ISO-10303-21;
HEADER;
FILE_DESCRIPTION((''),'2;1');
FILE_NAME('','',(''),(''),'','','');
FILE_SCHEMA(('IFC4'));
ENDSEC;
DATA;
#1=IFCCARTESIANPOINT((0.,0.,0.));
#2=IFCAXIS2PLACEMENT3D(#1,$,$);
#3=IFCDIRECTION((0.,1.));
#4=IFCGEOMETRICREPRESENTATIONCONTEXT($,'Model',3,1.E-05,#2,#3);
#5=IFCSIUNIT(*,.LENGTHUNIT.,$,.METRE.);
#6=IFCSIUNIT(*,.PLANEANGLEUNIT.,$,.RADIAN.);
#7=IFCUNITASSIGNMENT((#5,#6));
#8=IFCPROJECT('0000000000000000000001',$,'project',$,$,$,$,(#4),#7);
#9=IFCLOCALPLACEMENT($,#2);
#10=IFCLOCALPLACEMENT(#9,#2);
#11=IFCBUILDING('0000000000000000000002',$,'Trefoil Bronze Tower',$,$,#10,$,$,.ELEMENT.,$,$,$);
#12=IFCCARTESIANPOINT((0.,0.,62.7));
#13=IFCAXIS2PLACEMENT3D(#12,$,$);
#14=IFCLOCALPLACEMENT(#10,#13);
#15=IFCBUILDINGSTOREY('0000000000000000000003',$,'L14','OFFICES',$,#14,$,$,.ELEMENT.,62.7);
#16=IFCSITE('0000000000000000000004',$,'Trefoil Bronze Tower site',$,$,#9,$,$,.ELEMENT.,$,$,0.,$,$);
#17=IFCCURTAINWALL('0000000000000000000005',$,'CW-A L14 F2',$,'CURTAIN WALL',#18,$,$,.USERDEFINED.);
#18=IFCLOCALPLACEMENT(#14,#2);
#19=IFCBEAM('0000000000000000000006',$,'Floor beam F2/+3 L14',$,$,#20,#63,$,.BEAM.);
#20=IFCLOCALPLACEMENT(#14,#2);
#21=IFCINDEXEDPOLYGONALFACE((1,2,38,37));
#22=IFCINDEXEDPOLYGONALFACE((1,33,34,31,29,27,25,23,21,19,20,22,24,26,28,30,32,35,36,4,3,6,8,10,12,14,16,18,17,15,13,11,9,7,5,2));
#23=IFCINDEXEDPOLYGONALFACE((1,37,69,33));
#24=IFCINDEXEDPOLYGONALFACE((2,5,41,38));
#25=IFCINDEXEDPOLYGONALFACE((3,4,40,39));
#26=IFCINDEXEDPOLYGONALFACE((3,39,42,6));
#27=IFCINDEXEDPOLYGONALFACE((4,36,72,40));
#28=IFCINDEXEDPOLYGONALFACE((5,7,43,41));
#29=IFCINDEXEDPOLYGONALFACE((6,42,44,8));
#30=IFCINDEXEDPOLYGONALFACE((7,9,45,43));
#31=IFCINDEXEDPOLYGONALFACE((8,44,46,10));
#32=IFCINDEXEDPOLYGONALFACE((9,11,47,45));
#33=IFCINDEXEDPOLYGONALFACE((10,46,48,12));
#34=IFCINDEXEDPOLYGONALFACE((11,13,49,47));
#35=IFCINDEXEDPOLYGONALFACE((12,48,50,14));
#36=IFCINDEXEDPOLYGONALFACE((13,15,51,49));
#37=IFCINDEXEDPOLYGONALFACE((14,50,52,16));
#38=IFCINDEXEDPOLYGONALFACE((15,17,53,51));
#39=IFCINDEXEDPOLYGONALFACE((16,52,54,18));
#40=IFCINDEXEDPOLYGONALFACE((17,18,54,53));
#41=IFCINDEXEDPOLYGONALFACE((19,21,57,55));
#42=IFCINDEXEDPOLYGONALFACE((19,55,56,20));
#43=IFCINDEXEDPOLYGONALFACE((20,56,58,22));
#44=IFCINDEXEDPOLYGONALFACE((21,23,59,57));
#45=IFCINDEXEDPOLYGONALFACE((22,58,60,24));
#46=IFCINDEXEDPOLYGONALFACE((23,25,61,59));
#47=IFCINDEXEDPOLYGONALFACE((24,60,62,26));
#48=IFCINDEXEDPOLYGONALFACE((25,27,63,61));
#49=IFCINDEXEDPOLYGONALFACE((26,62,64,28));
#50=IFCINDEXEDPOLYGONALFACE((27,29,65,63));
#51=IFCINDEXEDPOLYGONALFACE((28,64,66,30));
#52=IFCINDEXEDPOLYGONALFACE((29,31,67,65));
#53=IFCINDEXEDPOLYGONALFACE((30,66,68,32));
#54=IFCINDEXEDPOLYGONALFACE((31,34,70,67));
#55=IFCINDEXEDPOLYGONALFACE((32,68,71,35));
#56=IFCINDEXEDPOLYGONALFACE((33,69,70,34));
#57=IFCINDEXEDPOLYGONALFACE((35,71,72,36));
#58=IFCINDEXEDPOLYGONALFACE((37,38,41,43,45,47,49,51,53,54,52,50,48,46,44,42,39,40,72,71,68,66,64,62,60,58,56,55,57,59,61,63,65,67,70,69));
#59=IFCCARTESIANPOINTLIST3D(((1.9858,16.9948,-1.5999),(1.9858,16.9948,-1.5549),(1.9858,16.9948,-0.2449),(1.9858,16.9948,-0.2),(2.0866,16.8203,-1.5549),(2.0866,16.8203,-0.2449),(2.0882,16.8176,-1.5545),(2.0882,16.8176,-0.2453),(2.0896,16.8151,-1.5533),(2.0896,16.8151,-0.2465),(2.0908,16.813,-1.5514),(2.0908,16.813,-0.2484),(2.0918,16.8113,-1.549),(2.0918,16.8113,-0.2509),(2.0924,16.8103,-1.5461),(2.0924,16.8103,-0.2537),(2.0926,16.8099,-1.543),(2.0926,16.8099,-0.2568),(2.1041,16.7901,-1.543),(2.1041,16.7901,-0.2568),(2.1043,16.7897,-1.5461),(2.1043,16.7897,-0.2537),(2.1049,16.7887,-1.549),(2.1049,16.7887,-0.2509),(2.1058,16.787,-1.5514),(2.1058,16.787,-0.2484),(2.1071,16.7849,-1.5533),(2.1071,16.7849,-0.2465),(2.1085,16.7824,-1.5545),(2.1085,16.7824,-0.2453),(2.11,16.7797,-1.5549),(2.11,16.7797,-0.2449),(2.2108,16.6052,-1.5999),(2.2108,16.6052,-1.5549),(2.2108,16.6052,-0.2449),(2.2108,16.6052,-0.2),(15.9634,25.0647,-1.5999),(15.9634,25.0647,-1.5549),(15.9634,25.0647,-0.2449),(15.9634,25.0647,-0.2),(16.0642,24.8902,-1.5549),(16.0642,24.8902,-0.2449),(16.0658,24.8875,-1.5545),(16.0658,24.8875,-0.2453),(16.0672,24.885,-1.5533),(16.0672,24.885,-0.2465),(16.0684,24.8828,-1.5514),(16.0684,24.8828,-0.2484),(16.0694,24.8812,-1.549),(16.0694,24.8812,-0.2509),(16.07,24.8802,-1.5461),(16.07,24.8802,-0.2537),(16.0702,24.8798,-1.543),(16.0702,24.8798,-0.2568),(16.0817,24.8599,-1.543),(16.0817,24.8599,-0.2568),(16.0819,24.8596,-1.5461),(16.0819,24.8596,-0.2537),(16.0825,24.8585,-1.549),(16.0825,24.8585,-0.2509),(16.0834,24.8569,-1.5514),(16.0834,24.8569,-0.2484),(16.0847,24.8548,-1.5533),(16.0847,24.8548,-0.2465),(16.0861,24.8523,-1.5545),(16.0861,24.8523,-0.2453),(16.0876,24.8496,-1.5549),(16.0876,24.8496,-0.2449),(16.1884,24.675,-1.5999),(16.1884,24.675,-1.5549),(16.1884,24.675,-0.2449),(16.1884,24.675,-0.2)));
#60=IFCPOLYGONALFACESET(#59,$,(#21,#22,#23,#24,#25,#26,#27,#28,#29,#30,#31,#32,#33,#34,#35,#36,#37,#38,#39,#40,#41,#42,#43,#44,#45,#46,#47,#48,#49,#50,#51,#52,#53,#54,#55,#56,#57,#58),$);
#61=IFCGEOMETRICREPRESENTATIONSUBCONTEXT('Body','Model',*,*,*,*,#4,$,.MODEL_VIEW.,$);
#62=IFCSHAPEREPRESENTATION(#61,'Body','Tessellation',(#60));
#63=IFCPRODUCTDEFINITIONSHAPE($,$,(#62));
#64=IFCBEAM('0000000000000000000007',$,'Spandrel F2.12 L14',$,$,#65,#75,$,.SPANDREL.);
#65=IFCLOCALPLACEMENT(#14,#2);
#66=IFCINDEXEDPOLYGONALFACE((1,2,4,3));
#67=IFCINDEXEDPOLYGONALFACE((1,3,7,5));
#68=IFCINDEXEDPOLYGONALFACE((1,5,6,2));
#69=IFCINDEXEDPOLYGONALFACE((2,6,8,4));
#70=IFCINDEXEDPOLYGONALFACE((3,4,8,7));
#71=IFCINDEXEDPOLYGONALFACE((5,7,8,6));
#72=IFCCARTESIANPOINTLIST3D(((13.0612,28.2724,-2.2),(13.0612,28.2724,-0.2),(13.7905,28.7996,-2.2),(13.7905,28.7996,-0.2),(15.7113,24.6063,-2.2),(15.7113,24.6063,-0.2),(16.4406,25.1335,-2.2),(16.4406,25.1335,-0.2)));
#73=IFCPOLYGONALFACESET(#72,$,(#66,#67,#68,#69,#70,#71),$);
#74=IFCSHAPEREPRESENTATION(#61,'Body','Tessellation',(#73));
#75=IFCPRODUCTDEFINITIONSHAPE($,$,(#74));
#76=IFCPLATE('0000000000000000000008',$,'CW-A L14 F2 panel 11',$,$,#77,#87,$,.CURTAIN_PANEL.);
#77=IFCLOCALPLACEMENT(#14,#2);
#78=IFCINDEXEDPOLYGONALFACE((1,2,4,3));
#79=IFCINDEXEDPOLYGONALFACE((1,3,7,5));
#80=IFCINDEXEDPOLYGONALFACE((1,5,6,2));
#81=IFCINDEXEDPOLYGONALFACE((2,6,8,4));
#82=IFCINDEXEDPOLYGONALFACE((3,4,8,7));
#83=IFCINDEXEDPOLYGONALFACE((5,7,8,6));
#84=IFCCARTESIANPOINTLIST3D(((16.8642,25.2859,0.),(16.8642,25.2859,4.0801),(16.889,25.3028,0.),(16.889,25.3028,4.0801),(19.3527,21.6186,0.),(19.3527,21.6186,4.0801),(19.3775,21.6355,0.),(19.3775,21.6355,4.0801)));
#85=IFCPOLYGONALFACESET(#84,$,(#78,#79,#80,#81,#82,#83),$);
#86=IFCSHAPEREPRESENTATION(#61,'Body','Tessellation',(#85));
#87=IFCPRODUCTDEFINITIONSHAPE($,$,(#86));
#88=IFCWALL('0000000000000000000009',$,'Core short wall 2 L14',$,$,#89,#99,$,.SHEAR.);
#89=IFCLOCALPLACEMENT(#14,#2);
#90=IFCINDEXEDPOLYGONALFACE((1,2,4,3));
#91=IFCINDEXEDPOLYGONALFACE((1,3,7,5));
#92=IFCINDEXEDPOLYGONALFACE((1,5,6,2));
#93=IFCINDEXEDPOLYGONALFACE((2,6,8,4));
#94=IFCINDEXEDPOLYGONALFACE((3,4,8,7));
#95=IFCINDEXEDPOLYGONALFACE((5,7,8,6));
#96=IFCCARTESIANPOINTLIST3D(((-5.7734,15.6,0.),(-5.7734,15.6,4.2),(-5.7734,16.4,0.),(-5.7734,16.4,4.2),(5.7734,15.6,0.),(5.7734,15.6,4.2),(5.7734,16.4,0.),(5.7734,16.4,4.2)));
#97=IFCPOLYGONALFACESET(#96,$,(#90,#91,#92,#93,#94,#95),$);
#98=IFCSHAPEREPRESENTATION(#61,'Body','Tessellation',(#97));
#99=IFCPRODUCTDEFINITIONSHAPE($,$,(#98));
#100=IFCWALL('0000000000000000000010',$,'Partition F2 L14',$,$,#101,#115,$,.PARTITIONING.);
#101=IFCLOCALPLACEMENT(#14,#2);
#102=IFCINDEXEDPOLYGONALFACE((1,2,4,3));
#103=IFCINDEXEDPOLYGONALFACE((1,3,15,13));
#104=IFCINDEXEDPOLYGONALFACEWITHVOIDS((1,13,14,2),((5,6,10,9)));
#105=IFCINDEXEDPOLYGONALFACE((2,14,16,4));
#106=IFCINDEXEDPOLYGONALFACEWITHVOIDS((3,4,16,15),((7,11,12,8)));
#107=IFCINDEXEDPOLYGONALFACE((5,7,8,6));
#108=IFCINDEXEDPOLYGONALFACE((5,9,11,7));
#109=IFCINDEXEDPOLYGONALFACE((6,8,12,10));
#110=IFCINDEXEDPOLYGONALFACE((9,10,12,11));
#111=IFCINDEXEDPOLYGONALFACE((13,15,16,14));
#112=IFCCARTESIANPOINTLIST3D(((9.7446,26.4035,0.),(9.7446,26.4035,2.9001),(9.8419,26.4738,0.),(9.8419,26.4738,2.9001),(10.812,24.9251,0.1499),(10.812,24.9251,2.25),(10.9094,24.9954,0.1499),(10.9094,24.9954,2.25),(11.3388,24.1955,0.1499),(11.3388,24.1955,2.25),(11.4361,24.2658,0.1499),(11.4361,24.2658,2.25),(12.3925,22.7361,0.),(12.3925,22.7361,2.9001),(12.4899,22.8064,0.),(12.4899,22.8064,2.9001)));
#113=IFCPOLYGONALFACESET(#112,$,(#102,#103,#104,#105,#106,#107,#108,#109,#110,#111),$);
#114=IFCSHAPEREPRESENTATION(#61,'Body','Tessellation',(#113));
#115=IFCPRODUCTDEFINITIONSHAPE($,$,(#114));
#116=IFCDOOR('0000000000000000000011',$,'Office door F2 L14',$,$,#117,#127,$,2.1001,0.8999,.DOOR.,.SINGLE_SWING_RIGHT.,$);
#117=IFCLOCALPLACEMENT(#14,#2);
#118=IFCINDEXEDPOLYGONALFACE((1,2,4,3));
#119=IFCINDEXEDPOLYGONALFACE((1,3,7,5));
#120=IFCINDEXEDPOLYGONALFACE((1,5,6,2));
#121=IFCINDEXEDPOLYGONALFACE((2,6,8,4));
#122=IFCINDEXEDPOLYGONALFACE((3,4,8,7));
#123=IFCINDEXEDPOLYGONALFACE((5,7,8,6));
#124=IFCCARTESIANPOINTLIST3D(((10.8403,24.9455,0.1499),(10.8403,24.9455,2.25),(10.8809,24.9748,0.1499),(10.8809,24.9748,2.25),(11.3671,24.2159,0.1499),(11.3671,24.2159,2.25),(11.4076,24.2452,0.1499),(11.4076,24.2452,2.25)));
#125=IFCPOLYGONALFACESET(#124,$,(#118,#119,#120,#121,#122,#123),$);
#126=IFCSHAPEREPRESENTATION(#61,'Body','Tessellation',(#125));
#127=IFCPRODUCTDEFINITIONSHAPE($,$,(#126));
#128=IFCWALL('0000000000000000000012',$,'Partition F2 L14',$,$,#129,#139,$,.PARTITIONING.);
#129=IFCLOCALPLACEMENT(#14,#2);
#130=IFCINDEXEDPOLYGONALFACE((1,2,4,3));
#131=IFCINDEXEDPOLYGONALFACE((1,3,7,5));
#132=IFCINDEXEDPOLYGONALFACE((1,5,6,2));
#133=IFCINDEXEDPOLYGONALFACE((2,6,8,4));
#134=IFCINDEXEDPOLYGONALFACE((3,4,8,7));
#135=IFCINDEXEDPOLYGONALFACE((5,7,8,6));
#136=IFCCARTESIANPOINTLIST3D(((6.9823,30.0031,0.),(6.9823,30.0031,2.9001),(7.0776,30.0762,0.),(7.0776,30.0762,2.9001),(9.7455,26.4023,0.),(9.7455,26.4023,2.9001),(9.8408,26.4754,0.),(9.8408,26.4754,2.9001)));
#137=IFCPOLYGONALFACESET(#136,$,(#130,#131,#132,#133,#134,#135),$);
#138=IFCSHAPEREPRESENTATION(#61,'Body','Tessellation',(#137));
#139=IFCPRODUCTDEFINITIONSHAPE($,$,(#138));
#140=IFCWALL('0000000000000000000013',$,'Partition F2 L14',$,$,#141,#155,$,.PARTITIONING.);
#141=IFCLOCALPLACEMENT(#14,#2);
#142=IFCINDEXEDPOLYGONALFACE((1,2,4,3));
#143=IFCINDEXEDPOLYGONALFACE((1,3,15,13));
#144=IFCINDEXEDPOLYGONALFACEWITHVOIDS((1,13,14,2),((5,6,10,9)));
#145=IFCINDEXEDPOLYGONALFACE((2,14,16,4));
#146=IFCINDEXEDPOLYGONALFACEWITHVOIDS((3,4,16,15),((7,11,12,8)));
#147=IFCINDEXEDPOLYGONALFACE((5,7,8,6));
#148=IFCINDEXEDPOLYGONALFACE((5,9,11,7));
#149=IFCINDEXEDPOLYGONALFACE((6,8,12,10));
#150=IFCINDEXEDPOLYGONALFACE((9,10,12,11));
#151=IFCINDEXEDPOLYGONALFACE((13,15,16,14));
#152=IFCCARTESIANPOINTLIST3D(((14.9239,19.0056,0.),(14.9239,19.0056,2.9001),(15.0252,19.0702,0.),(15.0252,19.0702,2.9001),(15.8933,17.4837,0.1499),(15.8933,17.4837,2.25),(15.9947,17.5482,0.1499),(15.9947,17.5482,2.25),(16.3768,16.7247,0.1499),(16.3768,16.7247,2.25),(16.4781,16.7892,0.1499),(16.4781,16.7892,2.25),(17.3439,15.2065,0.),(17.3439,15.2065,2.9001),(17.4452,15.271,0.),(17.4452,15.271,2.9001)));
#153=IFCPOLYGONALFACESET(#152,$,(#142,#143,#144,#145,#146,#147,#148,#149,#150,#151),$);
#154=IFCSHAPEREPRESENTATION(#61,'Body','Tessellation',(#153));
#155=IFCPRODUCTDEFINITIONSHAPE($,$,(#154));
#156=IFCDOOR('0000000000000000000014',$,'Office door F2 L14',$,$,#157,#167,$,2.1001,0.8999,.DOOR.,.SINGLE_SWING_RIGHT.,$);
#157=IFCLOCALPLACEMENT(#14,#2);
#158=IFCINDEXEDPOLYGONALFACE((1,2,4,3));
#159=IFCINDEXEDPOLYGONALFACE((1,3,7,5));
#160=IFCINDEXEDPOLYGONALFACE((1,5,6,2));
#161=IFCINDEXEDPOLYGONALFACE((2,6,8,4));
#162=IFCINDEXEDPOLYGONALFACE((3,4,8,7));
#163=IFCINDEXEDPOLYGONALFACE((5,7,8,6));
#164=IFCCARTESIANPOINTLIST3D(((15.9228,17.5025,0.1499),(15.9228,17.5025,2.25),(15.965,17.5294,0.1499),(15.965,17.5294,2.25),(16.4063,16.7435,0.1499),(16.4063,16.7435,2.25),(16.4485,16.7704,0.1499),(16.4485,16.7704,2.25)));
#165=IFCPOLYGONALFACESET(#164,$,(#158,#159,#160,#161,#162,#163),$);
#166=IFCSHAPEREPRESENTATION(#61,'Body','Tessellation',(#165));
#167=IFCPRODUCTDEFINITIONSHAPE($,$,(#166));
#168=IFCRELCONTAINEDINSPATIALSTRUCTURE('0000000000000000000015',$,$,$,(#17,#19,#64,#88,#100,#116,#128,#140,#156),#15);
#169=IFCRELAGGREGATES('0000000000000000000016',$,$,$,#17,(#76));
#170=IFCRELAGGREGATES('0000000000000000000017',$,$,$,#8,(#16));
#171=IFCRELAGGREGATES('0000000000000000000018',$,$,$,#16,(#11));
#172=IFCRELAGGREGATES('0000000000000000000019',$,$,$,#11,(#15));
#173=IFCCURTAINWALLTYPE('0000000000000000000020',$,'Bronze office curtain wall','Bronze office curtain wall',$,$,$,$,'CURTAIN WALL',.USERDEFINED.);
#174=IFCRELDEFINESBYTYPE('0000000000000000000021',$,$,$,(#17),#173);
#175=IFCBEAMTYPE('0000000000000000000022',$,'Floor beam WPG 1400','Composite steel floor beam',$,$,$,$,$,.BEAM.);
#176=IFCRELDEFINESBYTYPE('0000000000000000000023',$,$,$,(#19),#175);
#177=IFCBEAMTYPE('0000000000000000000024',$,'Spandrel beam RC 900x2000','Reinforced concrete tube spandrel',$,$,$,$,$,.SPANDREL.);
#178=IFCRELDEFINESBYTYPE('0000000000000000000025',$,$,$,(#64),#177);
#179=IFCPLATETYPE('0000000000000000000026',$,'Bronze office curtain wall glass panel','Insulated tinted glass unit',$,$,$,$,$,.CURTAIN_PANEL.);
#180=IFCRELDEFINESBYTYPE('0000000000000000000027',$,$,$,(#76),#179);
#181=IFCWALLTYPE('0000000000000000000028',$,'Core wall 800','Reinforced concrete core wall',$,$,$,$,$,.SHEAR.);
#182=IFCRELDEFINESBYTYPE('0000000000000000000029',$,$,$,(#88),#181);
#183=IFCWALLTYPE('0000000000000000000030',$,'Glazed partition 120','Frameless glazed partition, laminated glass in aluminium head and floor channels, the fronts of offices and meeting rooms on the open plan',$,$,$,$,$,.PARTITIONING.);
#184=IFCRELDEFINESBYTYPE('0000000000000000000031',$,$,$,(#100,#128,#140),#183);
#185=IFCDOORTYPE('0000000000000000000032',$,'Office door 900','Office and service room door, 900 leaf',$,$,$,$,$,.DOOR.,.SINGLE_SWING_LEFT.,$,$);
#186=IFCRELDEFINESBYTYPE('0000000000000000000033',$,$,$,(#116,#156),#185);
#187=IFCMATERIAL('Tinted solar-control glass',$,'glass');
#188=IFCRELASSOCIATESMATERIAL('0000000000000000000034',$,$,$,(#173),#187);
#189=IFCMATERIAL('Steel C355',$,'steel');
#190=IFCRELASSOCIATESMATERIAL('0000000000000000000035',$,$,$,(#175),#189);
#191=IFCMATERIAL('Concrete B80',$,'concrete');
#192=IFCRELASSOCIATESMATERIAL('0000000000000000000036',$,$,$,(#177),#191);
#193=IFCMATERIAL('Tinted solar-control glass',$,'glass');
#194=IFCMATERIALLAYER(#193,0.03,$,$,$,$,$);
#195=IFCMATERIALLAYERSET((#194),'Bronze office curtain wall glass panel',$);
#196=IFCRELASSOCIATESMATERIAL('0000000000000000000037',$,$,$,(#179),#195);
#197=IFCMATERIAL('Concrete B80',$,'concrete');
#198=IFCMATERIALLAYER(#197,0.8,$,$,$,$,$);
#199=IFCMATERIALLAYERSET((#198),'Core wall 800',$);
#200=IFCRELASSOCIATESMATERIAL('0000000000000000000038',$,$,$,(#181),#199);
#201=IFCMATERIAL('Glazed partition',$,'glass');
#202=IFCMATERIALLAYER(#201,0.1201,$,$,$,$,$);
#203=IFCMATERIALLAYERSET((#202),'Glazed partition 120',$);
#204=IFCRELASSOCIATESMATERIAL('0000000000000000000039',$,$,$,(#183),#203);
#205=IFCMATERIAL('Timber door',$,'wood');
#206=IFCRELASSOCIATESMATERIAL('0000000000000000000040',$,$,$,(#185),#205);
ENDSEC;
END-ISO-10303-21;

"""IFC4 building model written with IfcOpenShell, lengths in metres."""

from ifc_helpers import new_model, si_unit, direction, frame, frame_2d, origin, origin_2d, place, context, subcontext, project, spatial, rectangle, i_section, extrude, material, layer, layer_set, material_profile, profile_set, type_object, element, fill, aggregate, save


model = new_model("IFC4")

# Units and contexts
model_context = context("Model", 3, precision=1e-05, world=origin(), true_north=direction((0.0, 1.0)))
body_context = subcontext(model_context, "Body", "Model", "MODEL_VIEW")
ifc_project = project(units=[si_unit("LENGTHUNIT", "METRE"), si_unit("PLANEANGLEUNIT", "RADIAN")], contexts=[model_context])

# Site, building, storey
site_placement = place(None, origin())
site = spatial("IfcSite", under=ifc_project, at=site_placement, Name="Trefoil Bronze Tower site", CompositionType="ELEMENT", RefElevation=0.0)
building_placement = place(site_placement, origin())
building = spatial("IfcBuilding", under=site, at=building_placement, Name="Trefoil Bronze Tower", CompositionType="ELEMENT")
storey_placement = place(building_placement, frame((0.0, 0.0, 62.7)))
storey = spatial("IfcBuildingStorey", under=building, at=storey_placement, Name="L14", Description="OFFICES", CompositionType="ELEMENT", Elevation=62.7)

# Curtain wall
ifc_material_1 = material(Name="Tinted solar-control glass", Category="glass")
curtain_wall_type = type_object("IfcCurtainWallType", Name="Bronze office curtain wall", Description="Bronze office curtain wall", ElementType="CURTAIN WALL", PredefinedType="USERDEFINED", material=ifc_material_1)
curtain_wall_placement = place(storey_placement, origin())
curtain_wall = element("IfcCurtainWall", 1, at=curtain_wall_placement, inside=storey, type_object=curtain_wall_type, Name="CW-A L14 F2", ObjectType="CURTAIN WALL", PredefinedType="USERDEFINED")

# Beams
ifc_material_2 = material(Name="Steel C355", Category="steel")
ifc_material_profile_1 = material_profile(ifc_material_2, i_section(OverallWidth=0.45, OverallDepth=1.3999, WebThickness=0.0229, FlangeThickness=0.0449, FilletRadius=0.012, at=origin_2d()), Name="WPG 1400")
ifc_profile_set_1 = profile_set([ifc_material_profile_1], Name="Steel C355")
beam_type_1 = type_object("IfcBeamType", Name="Floor beam WPG 1400", Description="Composite steel floor beam", PredefinedType="BEAM", material=ifc_profile_set_1)
beam_1_placement = place(storey_placement, frame((16.0759, 24.8699, -0.8999), z_axis=(-0.866028, -0.499995, 0.0), x_axis=(0.499995, -0.866028, 0.0)))
element("IfcBeam", 2, at=beam_1_placement, inside=storey, type_object=beam_type_1, Name="Floor beam F2/+3 L14", PredefinedType="BEAM", context=body_context, shape_type="SweptSolid", body=[
    extrude(i_section(OverallWidth=0.45, OverallDepth=1.3999, WebThickness=0.0229, FlangeThickness=0.0449, FilletRadius=0.012, at=origin_2d()), origin(), (0.0, 0.0, 1.0), 16.1399),
])
ifc_material_3 = material(Name="Concrete B80", Category="concrete")
ifc_material_profile_2 = material_profile(ifc_material_3, rectangle(XDim=0.8999, YDim=2.0, at=origin_2d()), Name="RC 900x2000")
ifc_profile_set_2 = profile_set([ifc_material_profile_2], Name="Concrete B80")
beam_type_2 = type_object("IfcBeamType", Name="Spandrel beam RC 900x2000", Description="Reinforced concrete tube spandrel", PredefinedType="SPANDREL", material=ifc_profile_set_2)
beam_2_placement = place(storey_placement, frame((16.0759, 24.8699, -1.2), z_axis=(-0.585824, 0.810439, 0.0), x_axis=(-0.810439, -0.585824, 0.0)))
element("IfcBeam", 3, at=beam_2_placement, inside=storey, type_object=beam_type_2, Name="Spandrel F2.12 L14", PredefinedType="SPANDREL", context=body_context, shape_type="SweptSolid", body=[
    extrude(rectangle(XDim=0.8999, YDim=2.0, at=origin_2d()), origin(), (0.0, 0.0, 1.0), 4.5237),
])

# Plate
ifc_material_4 = material(Name="Tinted solar-control glass", Category="glass")
ifc_layer_1 = layer(ifc_material_4, 0.03)
ifc_layer_set_1 = layer_set([ifc_layer_1], Name="Bronze office curtain wall glass panel")
plate_type = type_object("IfcPlateType", Name="Bronze office curtain wall glass panel", Description="Insulated tinted glass unit", PredefinedType="CURTAIN_PANEL", material=ifc_layer_set_1)
plate_placement = place(storey_placement, frame((18.1208, 23.4607, 0.0), z_axis=(0.0, 0.0, 1.0), x_axis=(-0.56151, 0.82747, 0.0)))
plate = element("IfcPlate", 4, at=plate_placement, type_object=plate_type, Name="CW-A L14 F2 panel 11", PredefinedType="CURTAIN_PANEL", context=body_context, shape_type="SweptSolid", body=[
    extrude(rectangle(XDim=4.4319, YDim=0.03, at=origin_2d()), origin(), (0.0, 0.0, 1.0), 4.0801),
])
aggregate(curtain_wall, [plate])

# Wall
ifc_material_5 = material(Name="Concrete B80", Category="concrete")
ifc_layer_2 = layer(ifc_material_5, 0.8)
ifc_layer_set_2 = layer_set([ifc_layer_2], Name="Core wall 800")
wall_type_1 = type_object("IfcWallType", Name="Core wall 800", Description="Reinforced concrete core wall", PredefinedType="SHEAR", material=ifc_layer_set_2)
wall_1_placement = place(storey_placement, frame((5.7734, 16.0, 0.0), z_axis=(0.0, 0.0, 1.0), x_axis=(-1.0, 0.0, 0.0)))
element("IfcWall", 5, at=wall_1_placement, inside=storey, type_object=wall_type_1, Name="Core short wall 2 L14", PredefinedType="SHEAR", context=body_context, shape_type="SweptSolid", body=[
    extrude(rectangle(XDim=11.5469, YDim=0.8, at=frame_2d((5.7734, 0.0))), origin(), (0.0, 0.0, 1.0), 4.2),
])

# Wall, opening, door
ifc_material_6 = material(Name="Glazed partition", Category="glass")
ifc_layer_3 = layer(ifc_material_6, 0.1201)
ifc_layer_set_3 = layer_set([ifc_layer_3], Name="Glazed partition 120")
wall_type_2 = type_object("IfcWallType", Name="Glazed partition 120", Description="Frameless glazed partition, laminated glass in aluminium head and floor channels, the fronts of offices and meeting rooms on the open plan", PredefinedType="PARTITIONING", material=ifc_layer_set_3)
wall_2_placement = place(storey_placement, frame((12.4412, 22.7712, 0.0), z_axis=(0.0, 0.0, 1.0), x_axis=(-0.585376, 0.810762, 0.0)))
wall_2 = element("IfcWall", 6, at=wall_2_placement, inside=storey, type_object=wall_type_2, Name="Partition F2 L14", PredefinedType="PARTITIONING", context=body_context, shape_type="SweptSolid", body=[
    extrude(rectangle(XDim=4.5234, YDim=0.1201, at=frame_2d((2.2617, 0.0))), origin(), (0.0, 0.0, 1.0), 2.9001),
])
opening_1_placement = place(wall_2_placement, frame((1.8, 0.0, 0.1499)))
opening_1 = element("IfcOpeningElement", 7, at=opening_1_placement, cuts=wall_2, PredefinedType="OPENING", context=body_context, shape_type="SweptSolid", body=[
    extrude(rectangle(XDim=0.8999, YDim=2.1001, at=frame_2d((0.45, 1.05))), frame((0.0, 0.0701, 0.0), z_axis=(0.0, -1.0, 0.0), x_axis=(1.0, 0.0, 0.0)), (0.0, 0.0, 1.0), 0.1401),
])
ifc_material_7 = material(Name="Timber door", Category="wood")
door_type = type_object("IfcDoorType", Name="Office door 900", Description="Office and service room door, 900 leaf", OperationType="SINGLE_SWING_LEFT", PredefinedType="DOOR", material=ifc_material_7)
door_1_placement = place(opening_1_placement, frame((0.8999, 0.0, 0.0), z_axis=(0.0, 0.0, 1.0), x_axis=(-1.0, 0.0, 0.0)))
door_1 = element("IfcDoor", 8, at=door_1_placement, inside=storey, type_object=door_type, Name="Office door F2 L14", OperationType="SINGLE_SWING_RIGHT", OverallHeight=2.1001, OverallWidth=0.8999, PredefinedType="DOOR", context=body_context, shape_type="SweptSolid", body=[
    extrude(rectangle(XDim=0.8999, YDim=2.1001, at=frame_2d((0.45, 1.05))), frame((0.0, 0.0249, 0.0), z_axis=(0.0, -1.0, 0.0), x_axis=(1.0, 0.0, 0.0)), (0.0, 0.0, 1.0), 0.05),
])
fill(opening_1, door_1)

# Wall
wall_3_placement = place(storey_placement, frame((9.7932, 26.4387, 0.0), z_axis=(0.0, 0.0, 1.0), x_axis=(-0.608785, 0.793335, 0.0)))
element("IfcWall", 9, at=wall_3_placement, inside=storey, type_object=wall_type_2, Name="Partition F2 L14", PredefinedType="PARTITIONING", context=body_context, shape_type="SweptSolid", body=[
    extrude(rectangle(XDim=4.5388, YDim=0.1201, at=frame_2d((2.2695, 0.0))), origin(), (0.0, 0.0, 1.0), 2.9001),
])

# Wall, opening, door
wall_4_placement = place(storey_placement, frame((17.3945, 15.2388, 0.0), z_axis=(0.0, 0.0, 1.0), x_axis=(-0.537244, 0.843427, 0.0)))
wall_4 = element("IfcWall", 10, at=wall_4_placement, inside=storey, type_object=wall_type_2, Name="Partition F2 L14", PredefinedType="PARTITIONING", context=body_context, shape_type="SweptSolid", body=[
    extrude(rectangle(XDim=4.5044, YDim=0.1201, at=frame_2d((2.2522, 0.0))), origin(), (0.0, 0.0, 1.0), 2.9001),
])
opening_2_placement = place(wall_4_placement, frame((1.8, 0.0, 0.1499)))
opening_2 = element("IfcOpeningElement", 11, at=opening_2_placement, cuts=wall_4, PredefinedType="OPENING", context=body_context, shape_type="SweptSolid", body=[
    extrude(rectangle(XDim=0.8999, YDim=2.1001, at=frame_2d((0.45, 1.05))), frame((0.0, 0.0701, 0.0), z_axis=(0.0, -1.0, 0.0), x_axis=(1.0, 0.0, 0.0)), (0.0, 0.0, 1.0), 0.1401),
])
door_2_placement = place(opening_2_placement, frame((0.8999, 0.0, 0.0), z_axis=(0.0, 0.0, 1.0), x_axis=(-1.0, 0.0, 0.0)))
door_2 = element("IfcDoor", 12, at=door_2_placement, inside=storey, type_object=door_type, Name="Office door F2 L14", OperationType="SINGLE_SWING_RIGHT", OverallHeight=2.1001, OverallWidth=0.8999, PredefinedType="DOOR", context=body_context, shape_type="SweptSolid", body=[
    extrude(rectangle(XDim=0.8999, YDim=2.1001, at=frame_2d((0.45, 1.05))), frame((0.0, 0.0249, 0.0), z_axis=(0.0, -1.0, 0.0), x_axis=(1.0, 0.0, 0.0)), (0.0, 0.0, 1.0), 0.05),
])
fill(opening_2, door_2)

save(model, "model.ifc")
